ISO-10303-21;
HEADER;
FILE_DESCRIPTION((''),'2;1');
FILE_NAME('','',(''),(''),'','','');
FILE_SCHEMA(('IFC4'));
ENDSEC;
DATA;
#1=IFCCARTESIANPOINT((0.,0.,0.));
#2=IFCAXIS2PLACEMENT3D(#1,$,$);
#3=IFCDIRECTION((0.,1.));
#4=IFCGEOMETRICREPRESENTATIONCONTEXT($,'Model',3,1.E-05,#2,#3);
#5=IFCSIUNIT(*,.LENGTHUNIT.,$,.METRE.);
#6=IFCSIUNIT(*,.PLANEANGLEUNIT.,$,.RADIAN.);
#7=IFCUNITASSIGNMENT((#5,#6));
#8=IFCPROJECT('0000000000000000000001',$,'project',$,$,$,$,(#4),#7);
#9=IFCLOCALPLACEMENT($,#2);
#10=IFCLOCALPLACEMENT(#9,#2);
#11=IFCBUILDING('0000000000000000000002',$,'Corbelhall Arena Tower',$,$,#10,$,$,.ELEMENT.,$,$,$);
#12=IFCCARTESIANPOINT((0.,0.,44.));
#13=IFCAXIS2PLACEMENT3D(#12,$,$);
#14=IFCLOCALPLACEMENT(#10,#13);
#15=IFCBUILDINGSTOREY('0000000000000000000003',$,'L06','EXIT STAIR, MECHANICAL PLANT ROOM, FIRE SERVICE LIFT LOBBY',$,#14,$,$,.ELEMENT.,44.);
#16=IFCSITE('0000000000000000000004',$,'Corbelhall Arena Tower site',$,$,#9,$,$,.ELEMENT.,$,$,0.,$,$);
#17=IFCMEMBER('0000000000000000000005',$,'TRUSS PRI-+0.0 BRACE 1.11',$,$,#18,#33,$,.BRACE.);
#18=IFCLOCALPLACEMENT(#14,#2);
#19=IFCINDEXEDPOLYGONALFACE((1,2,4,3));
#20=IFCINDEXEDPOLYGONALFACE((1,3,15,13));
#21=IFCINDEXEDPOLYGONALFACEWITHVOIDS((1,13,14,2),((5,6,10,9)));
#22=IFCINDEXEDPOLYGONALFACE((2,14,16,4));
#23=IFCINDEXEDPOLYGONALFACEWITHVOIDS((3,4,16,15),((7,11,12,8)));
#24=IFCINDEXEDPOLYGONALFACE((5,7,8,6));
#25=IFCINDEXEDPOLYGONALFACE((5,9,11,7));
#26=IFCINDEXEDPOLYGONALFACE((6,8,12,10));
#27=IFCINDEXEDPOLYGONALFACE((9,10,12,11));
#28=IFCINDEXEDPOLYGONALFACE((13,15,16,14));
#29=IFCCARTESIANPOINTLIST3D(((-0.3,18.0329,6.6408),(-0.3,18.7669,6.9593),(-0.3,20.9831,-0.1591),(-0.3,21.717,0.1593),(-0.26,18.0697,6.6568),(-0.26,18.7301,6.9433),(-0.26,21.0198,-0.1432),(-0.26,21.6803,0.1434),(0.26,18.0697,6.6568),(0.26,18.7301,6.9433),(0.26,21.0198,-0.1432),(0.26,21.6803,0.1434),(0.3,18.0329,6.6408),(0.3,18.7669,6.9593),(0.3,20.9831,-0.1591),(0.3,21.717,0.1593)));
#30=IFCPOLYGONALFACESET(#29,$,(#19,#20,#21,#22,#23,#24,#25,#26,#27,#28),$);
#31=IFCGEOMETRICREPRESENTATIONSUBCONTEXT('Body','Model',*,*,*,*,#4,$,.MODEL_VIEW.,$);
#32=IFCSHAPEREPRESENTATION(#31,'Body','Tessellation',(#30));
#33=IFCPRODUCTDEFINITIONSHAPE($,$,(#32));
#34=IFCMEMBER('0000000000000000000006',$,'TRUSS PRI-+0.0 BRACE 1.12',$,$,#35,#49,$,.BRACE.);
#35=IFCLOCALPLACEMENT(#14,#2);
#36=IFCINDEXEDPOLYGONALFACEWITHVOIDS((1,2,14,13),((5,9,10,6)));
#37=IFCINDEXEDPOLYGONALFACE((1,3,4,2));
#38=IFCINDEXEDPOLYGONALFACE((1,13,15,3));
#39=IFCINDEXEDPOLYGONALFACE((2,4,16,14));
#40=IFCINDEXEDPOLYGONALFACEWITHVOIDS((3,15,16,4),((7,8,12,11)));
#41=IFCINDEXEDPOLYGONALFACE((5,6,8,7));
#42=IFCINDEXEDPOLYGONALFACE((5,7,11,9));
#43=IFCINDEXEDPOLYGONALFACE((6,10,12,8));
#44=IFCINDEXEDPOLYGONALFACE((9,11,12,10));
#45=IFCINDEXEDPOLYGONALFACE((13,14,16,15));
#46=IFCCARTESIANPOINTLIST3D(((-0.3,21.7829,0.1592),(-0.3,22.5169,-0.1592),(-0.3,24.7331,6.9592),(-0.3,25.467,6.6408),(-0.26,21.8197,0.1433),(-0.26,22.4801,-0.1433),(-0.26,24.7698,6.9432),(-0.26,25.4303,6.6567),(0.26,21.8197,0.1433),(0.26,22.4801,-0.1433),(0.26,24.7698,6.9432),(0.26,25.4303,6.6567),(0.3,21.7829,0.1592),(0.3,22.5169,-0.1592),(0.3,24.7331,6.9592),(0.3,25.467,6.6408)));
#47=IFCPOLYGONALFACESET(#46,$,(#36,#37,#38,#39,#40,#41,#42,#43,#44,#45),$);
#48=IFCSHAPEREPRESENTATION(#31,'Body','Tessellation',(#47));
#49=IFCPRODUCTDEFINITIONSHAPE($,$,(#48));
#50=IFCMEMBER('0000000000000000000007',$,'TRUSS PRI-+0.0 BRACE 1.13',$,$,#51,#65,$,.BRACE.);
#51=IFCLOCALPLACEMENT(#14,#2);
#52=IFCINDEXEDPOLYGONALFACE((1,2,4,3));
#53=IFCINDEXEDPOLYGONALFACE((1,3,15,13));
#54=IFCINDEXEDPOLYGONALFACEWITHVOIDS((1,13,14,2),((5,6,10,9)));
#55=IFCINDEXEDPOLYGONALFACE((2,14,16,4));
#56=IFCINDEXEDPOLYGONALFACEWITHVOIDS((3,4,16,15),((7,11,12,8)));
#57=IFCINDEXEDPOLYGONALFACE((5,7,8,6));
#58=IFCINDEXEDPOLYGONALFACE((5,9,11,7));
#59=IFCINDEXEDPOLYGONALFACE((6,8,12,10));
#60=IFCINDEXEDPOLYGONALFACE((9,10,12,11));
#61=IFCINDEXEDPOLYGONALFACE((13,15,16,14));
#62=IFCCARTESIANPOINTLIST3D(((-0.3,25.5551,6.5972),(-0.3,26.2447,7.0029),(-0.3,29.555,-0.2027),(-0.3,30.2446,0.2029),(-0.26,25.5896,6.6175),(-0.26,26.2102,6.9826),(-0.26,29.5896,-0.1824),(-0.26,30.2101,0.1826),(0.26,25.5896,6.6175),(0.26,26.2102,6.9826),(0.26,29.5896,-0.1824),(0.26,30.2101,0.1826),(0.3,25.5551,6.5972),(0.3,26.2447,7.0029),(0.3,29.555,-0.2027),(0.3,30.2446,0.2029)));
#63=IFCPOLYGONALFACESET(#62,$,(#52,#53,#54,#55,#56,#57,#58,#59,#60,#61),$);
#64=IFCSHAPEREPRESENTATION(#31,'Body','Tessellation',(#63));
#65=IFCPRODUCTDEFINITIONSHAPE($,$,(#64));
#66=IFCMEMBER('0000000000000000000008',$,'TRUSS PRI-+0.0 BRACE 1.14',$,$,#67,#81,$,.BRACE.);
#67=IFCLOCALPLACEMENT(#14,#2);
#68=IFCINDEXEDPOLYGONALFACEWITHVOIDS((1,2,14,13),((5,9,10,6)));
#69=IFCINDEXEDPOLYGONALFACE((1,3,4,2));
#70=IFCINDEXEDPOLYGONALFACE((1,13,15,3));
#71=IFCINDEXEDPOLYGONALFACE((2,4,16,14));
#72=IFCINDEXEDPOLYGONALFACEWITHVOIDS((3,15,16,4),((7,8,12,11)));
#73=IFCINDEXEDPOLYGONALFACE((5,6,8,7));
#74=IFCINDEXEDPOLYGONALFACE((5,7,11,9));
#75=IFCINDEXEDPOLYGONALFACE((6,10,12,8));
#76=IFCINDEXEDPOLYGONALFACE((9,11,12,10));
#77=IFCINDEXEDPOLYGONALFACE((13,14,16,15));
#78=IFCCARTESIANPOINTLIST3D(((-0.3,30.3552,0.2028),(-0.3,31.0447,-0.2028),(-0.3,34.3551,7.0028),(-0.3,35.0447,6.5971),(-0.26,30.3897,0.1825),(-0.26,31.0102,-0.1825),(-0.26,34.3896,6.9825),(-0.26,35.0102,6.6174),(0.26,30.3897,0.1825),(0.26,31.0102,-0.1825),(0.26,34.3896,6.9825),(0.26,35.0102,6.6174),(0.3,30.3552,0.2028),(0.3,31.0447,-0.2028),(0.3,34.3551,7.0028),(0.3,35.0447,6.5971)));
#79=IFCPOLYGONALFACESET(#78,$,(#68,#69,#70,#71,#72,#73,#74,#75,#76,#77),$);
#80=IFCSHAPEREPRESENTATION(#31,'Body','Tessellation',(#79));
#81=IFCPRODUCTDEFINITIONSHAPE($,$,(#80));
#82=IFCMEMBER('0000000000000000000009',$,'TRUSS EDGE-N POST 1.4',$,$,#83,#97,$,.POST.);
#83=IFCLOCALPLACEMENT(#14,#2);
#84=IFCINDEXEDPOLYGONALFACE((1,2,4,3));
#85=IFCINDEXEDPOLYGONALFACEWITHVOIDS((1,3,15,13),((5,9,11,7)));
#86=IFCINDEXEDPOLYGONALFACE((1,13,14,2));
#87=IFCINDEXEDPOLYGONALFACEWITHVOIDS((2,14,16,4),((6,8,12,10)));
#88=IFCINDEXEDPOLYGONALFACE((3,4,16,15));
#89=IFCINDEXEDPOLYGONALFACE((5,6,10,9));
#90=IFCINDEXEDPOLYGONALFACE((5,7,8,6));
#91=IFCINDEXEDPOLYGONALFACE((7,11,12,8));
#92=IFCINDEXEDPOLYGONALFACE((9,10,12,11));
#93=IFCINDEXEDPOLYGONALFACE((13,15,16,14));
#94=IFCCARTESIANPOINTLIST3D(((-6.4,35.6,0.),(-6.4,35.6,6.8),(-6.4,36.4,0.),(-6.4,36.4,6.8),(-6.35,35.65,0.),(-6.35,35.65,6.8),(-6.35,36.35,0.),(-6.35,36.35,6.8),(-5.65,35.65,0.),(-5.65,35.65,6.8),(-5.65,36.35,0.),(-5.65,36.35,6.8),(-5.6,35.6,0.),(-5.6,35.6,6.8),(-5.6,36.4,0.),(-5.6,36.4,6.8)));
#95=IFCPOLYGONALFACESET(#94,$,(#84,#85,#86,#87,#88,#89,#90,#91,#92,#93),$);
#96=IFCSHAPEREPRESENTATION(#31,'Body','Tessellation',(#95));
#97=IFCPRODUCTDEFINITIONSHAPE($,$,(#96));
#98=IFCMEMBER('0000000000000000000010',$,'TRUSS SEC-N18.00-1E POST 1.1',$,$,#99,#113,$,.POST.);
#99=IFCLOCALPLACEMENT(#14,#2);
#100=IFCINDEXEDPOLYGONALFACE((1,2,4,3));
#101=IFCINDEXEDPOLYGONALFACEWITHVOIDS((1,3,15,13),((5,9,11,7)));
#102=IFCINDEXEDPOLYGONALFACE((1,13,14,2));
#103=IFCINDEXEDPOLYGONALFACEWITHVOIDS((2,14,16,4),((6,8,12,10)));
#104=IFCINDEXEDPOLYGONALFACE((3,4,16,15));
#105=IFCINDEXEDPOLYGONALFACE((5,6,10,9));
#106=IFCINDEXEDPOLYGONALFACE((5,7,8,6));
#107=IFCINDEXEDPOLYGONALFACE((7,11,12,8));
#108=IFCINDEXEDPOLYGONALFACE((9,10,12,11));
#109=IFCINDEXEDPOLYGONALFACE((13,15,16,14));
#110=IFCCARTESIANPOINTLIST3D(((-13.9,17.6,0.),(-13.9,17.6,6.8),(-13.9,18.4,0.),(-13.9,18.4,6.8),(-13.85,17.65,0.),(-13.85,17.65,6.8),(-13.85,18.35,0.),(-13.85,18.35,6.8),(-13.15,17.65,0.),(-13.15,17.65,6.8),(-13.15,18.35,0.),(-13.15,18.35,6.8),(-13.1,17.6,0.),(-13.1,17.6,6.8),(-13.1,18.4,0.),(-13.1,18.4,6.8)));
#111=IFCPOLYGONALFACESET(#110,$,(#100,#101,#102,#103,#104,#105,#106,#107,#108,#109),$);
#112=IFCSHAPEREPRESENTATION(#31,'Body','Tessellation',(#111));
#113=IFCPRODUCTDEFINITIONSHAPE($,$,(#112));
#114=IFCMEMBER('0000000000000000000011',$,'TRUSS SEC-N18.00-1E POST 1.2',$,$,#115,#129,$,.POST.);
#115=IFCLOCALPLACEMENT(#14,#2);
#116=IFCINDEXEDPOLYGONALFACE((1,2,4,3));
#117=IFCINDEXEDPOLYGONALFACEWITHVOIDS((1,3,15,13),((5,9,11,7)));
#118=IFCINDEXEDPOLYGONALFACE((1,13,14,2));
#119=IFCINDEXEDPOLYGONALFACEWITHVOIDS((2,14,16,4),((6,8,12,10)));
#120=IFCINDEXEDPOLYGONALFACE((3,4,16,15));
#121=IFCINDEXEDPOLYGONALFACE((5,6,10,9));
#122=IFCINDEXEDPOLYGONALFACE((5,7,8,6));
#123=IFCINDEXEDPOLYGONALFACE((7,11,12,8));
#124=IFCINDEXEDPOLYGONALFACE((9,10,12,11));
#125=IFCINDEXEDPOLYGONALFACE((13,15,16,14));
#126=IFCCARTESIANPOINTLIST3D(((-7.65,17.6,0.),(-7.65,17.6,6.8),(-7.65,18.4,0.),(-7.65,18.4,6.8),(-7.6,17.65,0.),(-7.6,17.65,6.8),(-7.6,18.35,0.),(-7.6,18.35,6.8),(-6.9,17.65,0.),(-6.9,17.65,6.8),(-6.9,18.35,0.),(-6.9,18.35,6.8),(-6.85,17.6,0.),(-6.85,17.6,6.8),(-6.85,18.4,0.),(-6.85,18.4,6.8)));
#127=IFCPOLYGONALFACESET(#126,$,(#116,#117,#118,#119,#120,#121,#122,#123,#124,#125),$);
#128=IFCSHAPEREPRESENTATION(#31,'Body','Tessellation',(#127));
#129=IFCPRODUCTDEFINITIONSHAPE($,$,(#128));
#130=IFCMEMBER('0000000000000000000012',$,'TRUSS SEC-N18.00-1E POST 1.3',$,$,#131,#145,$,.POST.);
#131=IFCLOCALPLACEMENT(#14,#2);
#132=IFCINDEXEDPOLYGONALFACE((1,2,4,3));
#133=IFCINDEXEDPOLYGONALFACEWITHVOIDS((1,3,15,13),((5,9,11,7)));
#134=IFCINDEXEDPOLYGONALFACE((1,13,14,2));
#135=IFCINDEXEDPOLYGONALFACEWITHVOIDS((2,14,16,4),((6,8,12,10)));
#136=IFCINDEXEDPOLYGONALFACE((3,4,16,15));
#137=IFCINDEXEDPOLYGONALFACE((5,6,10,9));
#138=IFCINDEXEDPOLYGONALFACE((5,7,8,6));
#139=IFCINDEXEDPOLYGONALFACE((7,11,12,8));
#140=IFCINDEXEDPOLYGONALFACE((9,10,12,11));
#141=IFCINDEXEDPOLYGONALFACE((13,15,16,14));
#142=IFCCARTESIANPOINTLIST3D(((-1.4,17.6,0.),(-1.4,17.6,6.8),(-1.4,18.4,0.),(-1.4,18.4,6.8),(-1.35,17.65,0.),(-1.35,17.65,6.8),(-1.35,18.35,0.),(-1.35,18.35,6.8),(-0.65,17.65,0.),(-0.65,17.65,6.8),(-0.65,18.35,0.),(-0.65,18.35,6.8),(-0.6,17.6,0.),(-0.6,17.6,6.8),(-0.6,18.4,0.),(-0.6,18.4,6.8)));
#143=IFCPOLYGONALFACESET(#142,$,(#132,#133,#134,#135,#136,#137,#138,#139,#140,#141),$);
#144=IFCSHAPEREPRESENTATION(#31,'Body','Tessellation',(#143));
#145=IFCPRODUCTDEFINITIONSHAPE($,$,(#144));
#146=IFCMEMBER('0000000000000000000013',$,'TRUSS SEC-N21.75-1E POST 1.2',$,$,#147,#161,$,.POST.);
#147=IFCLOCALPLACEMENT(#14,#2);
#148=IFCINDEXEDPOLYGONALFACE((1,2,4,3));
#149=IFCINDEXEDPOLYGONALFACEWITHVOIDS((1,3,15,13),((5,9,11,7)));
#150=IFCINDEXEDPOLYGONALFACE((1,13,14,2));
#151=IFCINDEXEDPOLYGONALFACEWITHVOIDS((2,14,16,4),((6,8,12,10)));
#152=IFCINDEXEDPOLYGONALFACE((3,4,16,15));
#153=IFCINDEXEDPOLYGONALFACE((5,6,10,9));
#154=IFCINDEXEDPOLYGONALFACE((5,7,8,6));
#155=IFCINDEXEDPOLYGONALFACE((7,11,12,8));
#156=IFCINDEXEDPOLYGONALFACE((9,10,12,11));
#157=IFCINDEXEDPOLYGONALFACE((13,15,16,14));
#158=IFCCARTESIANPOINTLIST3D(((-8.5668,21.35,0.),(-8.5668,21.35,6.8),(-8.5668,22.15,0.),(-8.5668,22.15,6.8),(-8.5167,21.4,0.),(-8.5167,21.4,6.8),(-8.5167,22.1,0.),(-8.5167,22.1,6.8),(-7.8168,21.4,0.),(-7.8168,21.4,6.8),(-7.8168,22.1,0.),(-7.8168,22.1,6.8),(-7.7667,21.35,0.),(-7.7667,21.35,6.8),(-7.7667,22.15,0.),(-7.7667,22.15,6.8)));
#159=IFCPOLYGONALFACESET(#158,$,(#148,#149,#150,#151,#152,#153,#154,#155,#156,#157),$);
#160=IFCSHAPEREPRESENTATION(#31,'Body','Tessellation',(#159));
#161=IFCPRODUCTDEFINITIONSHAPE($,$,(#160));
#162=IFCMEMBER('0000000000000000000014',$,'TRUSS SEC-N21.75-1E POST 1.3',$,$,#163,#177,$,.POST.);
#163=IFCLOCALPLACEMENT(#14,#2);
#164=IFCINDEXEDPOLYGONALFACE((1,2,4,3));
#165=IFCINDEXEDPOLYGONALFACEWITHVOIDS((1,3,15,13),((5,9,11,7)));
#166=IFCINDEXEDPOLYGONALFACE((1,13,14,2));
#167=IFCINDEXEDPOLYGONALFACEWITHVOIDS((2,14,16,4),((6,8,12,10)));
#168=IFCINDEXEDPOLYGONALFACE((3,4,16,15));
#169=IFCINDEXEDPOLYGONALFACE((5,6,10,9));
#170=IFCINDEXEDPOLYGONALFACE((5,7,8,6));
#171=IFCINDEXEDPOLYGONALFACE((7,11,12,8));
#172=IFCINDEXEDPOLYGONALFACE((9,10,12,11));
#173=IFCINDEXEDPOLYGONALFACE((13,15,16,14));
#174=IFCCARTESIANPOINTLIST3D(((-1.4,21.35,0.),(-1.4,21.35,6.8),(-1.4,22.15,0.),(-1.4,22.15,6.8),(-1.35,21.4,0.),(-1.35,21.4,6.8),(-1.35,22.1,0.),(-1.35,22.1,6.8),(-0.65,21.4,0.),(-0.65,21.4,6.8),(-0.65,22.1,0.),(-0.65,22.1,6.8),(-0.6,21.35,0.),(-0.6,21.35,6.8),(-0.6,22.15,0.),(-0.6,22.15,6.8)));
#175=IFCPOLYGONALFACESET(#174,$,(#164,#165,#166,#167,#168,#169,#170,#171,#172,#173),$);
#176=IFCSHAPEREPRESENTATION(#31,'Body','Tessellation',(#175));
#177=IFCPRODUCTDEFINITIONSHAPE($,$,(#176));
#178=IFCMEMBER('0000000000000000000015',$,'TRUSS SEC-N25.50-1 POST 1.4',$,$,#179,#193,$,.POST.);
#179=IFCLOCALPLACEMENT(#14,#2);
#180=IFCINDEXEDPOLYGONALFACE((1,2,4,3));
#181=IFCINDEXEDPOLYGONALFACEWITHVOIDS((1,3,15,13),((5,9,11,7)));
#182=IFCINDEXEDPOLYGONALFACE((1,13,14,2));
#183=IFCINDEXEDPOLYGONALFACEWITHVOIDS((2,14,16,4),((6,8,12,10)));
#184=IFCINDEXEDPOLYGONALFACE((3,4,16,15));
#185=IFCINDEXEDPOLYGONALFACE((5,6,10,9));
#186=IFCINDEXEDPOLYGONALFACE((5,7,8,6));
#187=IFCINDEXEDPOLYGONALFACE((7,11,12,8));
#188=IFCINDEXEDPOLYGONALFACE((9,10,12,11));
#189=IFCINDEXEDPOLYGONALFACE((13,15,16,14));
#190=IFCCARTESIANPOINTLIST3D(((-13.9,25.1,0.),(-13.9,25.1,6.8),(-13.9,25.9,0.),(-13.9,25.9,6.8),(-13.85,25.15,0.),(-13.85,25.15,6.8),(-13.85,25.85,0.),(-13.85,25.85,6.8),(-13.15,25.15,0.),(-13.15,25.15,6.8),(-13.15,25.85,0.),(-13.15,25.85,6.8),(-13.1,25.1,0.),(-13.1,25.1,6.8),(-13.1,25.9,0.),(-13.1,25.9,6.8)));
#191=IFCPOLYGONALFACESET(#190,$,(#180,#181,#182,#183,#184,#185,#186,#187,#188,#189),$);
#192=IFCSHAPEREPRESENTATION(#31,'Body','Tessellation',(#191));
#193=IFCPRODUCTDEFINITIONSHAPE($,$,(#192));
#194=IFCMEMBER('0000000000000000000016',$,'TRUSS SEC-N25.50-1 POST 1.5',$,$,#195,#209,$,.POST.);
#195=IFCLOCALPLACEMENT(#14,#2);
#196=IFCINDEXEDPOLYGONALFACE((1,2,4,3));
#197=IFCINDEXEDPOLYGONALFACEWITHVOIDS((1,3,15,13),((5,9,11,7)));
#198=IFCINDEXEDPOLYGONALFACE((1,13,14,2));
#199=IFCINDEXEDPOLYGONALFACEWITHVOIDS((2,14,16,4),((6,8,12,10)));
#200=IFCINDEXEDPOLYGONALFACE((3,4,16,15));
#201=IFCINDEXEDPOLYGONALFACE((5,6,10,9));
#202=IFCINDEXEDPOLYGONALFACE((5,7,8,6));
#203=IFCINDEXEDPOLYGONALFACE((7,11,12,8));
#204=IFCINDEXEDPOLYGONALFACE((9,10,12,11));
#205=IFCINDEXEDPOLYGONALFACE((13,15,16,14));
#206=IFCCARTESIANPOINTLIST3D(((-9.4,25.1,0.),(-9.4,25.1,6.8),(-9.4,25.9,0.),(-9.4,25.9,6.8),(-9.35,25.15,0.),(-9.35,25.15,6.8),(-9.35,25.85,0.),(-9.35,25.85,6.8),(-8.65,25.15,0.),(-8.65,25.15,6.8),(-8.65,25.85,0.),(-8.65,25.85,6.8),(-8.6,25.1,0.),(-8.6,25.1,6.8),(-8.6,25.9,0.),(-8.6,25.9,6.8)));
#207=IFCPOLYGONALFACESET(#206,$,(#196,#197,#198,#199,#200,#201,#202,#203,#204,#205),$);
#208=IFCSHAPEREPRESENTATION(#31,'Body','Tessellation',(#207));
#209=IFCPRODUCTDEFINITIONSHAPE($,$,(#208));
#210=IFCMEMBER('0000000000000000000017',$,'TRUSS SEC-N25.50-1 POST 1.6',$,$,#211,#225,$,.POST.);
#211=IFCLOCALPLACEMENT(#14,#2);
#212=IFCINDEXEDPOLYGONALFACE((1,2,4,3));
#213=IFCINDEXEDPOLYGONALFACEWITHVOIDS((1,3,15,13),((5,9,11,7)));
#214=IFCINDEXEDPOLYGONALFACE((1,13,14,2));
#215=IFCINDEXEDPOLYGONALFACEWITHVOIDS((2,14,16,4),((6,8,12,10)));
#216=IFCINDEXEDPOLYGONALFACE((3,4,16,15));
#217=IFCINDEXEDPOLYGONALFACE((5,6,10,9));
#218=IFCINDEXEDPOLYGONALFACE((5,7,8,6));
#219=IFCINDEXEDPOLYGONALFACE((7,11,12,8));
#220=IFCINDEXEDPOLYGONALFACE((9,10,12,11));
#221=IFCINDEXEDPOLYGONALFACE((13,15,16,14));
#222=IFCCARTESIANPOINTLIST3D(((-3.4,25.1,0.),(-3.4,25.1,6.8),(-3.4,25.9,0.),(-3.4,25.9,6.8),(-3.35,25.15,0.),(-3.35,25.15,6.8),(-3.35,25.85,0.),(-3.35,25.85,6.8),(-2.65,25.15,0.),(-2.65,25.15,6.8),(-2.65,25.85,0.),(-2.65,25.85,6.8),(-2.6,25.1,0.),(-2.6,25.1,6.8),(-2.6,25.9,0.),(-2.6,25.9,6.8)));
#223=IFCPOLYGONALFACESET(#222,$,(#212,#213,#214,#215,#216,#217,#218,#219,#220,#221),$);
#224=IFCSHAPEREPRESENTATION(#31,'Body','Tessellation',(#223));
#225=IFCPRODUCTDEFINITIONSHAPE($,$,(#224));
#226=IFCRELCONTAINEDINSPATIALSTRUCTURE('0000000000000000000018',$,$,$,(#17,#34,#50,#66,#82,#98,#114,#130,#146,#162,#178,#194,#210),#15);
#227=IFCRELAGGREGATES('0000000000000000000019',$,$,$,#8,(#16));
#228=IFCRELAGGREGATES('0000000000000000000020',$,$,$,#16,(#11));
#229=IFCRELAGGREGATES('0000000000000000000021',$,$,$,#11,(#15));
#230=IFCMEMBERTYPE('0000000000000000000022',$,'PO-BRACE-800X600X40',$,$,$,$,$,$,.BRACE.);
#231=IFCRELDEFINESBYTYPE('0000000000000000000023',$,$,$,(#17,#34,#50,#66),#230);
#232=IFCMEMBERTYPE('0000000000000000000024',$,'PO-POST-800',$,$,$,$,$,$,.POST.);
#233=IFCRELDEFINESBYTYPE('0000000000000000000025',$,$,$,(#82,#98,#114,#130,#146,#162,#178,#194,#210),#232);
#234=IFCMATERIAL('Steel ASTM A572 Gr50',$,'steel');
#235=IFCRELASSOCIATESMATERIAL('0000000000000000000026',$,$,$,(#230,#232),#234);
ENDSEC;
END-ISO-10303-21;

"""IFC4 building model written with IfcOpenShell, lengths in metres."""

from ifc_helpers import new_model, si_unit, direction, frame, origin, origin_2d, place, context, subcontext, project, spatial, hollow_rectangle, extrude, material, material_profile, profile_set, type_object, element, save


model = new_model("IFC4")

# Units and contexts
model_context = context("Model", 3, precision=1e-05, world=origin(), true_north=direction((0.0, 1.0)))
body_context = subcontext(model_context, "Body", "Model", "MODEL_VIEW")
ifc_project = project(units=[si_unit("LENGTHUNIT", "METRE"), si_unit("PLANEANGLEUNIT", "RADIAN")], contexts=[model_context])

# Site, building, storey
site_placement = place(None, origin())
site = spatial("IfcSite", under=ifc_project, at=site_placement, Name="Corbelhall Arena Tower site", CompositionType="ELEMENT", RefElevation=0.0)
building_placement = place(site_placement, origin())
building = spatial("IfcBuilding", under=site, at=building_placement, Name="Corbelhall Arena Tower", CompositionType="ELEMENT")
storey_placement = place(building_placement, frame((0.0, 0.0, 44.0)))
storey = spatial("IfcBuildingStorey", under=building, at=storey_placement, Name="L06", Description="EXIT STAIR, MECHANICAL PLANT ROOM, FIRE SERVICE LIFT LOBBY", CompositionType="ELEMENT", Elevation=44.0)

# Members
ifc_material_1 = material(Name="Steel ASTM A572 Gr50", Category="steel")
ifc_material_profile_1 = material_profile(ifc_material_1, hollow_rectangle(XDim=0.6001, YDim=0.8, WallThickness=0.04, at=origin_2d()))
ifc_profile_set_1 = profile_set([ifc_material_profile_1], Name="Steel ASTM A572 Gr50")
member_type_1 = type_object("IfcMemberType", Name="PO-BRACE-800X600X40", PredefinedType="BRACE", material=ifc_profile_set_1)
for number, where, z_axis, x_axis, name in (
    (1, (0.0, 18.3999, 6.8), (0.0, 0.398006, -0.917383), (-1.0, 0.0, 0.0), "TRUSS PRI-+0.0 BRACE 1.11"),
    (2, (0.0, 22.1499, 0.0), (0.0, 0.398006, 0.917383), (-1.0, 0.0, 0.0), "TRUSS PRI-+0.0 BRACE 1.12"),
):
    element("IfcMember", number, at=place(storey_placement, frame(where, z_axis=z_axis, x_axis=x_axis)), inside=storey, type_object=member_type_1, Name=name, PredefinedType="BRACE", context=body_context, shape_type="SweptSolid", body=[
        extrude(hollow_rectangle(XDim=0.6001, YDim=0.8, WallThickness=0.04, at=origin_2d()), origin(), (0.0, 0.0, 1.0), 7.4124),
    ])
for number, where, z_axis, x_axis, name in (
    (3, (0.0, 25.8999, 6.8), (0.0, 0.507017, -0.861936), (-1.0, 0.0, 0.0), "TRUSS PRI-+0.0 BRACE 1.13"),
    (4, (0.0, 30.7, 0.0), (0.0, 0.507017, 0.861936), (-1.0, 0.0, 0.0), "TRUSS PRI-+0.0 BRACE 1.14"),
):
    element("IfcMember", number, at=place(storey_placement, frame(where, z_axis=z_axis, x_axis=x_axis)), inside=storey, type_object=member_type_1, Name=name, PredefinedType="BRACE", context=body_context, shape_type="SweptSolid", body=[
        extrude(hollow_rectangle(XDim=0.6001, YDim=0.8, WallThickness=0.04, at=origin_2d()), origin(), (0.0, 0.0, 1.0), 7.8892),
    ])
ifc_material_profile_2 = material_profile(ifc_material_1, hollow_rectangle(XDim=0.8, YDim=0.8, WallThickness=0.05, at=origin_2d()))
ifc_profile_set_2 = profile_set([ifc_material_profile_2], Name="Steel ASTM A572 Gr50")
member_type_2 = type_object("IfcMemberType", Name="PO-POST-800", PredefinedType="POST", material=ifc_profile_set_2)
for number, where, z_axis, x_axis, name in (
    (5, (-6.0, 36.0, 0.0), (0.0, 0.0, 1.0), (1.0, 0.0, 0.0), "TRUSS EDGE-N POST 1.4"),
    (6, (-13.5, 18.0, 0.0), (0.0, 0.0, 1.0), (1.0, 0.0, 0.0), "TRUSS SEC-N18.00-1E POST 1.1"),
    (7, (-7.25, 18.0, 0.0), (0.0, 0.0, 1.0), (1.0, 0.0, 0.0), "TRUSS SEC-N18.00-1E POST 1.2"),
    (8, (-1.0, 18.0, 0.0), (0.0, 0.0, 1.0), (1.0, 0.0, 0.0), "TRUSS SEC-N18.00-1E POST 1.3"),
    (9, (-8.1667, 21.75, 0.0), (0.0, 0.0, 1.0), (1.0, 0.0, 0.0), "TRUSS SEC-N21.75-1E POST 1.2"),
    (10, (-1.0, 21.75, 0.0), (0.0, 0.0, 1.0), (1.0, 0.0, 0.0), "TRUSS SEC-N21.75-1E POST 1.3"),
    (11, (-13.5, 25.5, 0.0), (0.0, 0.0, 1.0), (1.0, 0.0, 0.0), "TRUSS SEC-N25.50-1 POST 1.4"),
    (12, (-9.0, 25.5, 0.0), (0.0, 0.0, 1.0), (1.0, 0.0, 0.0), "TRUSS SEC-N25.50-1 POST 1.5"),
    (13, (-3.0, 25.5, 0.0), (0.0, 0.0, 1.0), (1.0, 0.0, 0.0), "TRUSS SEC-N25.50-1 POST 1.6"),
):
    element("IfcMember", number, at=place(storey_placement, frame(where, z_axis=z_axis, x_axis=x_axis)), inside=storey, type_object=member_type_2, Name=name, PredefinedType="POST", context=body_context, shape_type="SweptSolid", body=[
        extrude(hollow_rectangle(XDim=0.8, YDim=0.8, WallThickness=0.05, at=origin_2d()), origin(), (0.0, 0.0, 1.0), 6.8),
    ])

save(model, "model.ifc")
